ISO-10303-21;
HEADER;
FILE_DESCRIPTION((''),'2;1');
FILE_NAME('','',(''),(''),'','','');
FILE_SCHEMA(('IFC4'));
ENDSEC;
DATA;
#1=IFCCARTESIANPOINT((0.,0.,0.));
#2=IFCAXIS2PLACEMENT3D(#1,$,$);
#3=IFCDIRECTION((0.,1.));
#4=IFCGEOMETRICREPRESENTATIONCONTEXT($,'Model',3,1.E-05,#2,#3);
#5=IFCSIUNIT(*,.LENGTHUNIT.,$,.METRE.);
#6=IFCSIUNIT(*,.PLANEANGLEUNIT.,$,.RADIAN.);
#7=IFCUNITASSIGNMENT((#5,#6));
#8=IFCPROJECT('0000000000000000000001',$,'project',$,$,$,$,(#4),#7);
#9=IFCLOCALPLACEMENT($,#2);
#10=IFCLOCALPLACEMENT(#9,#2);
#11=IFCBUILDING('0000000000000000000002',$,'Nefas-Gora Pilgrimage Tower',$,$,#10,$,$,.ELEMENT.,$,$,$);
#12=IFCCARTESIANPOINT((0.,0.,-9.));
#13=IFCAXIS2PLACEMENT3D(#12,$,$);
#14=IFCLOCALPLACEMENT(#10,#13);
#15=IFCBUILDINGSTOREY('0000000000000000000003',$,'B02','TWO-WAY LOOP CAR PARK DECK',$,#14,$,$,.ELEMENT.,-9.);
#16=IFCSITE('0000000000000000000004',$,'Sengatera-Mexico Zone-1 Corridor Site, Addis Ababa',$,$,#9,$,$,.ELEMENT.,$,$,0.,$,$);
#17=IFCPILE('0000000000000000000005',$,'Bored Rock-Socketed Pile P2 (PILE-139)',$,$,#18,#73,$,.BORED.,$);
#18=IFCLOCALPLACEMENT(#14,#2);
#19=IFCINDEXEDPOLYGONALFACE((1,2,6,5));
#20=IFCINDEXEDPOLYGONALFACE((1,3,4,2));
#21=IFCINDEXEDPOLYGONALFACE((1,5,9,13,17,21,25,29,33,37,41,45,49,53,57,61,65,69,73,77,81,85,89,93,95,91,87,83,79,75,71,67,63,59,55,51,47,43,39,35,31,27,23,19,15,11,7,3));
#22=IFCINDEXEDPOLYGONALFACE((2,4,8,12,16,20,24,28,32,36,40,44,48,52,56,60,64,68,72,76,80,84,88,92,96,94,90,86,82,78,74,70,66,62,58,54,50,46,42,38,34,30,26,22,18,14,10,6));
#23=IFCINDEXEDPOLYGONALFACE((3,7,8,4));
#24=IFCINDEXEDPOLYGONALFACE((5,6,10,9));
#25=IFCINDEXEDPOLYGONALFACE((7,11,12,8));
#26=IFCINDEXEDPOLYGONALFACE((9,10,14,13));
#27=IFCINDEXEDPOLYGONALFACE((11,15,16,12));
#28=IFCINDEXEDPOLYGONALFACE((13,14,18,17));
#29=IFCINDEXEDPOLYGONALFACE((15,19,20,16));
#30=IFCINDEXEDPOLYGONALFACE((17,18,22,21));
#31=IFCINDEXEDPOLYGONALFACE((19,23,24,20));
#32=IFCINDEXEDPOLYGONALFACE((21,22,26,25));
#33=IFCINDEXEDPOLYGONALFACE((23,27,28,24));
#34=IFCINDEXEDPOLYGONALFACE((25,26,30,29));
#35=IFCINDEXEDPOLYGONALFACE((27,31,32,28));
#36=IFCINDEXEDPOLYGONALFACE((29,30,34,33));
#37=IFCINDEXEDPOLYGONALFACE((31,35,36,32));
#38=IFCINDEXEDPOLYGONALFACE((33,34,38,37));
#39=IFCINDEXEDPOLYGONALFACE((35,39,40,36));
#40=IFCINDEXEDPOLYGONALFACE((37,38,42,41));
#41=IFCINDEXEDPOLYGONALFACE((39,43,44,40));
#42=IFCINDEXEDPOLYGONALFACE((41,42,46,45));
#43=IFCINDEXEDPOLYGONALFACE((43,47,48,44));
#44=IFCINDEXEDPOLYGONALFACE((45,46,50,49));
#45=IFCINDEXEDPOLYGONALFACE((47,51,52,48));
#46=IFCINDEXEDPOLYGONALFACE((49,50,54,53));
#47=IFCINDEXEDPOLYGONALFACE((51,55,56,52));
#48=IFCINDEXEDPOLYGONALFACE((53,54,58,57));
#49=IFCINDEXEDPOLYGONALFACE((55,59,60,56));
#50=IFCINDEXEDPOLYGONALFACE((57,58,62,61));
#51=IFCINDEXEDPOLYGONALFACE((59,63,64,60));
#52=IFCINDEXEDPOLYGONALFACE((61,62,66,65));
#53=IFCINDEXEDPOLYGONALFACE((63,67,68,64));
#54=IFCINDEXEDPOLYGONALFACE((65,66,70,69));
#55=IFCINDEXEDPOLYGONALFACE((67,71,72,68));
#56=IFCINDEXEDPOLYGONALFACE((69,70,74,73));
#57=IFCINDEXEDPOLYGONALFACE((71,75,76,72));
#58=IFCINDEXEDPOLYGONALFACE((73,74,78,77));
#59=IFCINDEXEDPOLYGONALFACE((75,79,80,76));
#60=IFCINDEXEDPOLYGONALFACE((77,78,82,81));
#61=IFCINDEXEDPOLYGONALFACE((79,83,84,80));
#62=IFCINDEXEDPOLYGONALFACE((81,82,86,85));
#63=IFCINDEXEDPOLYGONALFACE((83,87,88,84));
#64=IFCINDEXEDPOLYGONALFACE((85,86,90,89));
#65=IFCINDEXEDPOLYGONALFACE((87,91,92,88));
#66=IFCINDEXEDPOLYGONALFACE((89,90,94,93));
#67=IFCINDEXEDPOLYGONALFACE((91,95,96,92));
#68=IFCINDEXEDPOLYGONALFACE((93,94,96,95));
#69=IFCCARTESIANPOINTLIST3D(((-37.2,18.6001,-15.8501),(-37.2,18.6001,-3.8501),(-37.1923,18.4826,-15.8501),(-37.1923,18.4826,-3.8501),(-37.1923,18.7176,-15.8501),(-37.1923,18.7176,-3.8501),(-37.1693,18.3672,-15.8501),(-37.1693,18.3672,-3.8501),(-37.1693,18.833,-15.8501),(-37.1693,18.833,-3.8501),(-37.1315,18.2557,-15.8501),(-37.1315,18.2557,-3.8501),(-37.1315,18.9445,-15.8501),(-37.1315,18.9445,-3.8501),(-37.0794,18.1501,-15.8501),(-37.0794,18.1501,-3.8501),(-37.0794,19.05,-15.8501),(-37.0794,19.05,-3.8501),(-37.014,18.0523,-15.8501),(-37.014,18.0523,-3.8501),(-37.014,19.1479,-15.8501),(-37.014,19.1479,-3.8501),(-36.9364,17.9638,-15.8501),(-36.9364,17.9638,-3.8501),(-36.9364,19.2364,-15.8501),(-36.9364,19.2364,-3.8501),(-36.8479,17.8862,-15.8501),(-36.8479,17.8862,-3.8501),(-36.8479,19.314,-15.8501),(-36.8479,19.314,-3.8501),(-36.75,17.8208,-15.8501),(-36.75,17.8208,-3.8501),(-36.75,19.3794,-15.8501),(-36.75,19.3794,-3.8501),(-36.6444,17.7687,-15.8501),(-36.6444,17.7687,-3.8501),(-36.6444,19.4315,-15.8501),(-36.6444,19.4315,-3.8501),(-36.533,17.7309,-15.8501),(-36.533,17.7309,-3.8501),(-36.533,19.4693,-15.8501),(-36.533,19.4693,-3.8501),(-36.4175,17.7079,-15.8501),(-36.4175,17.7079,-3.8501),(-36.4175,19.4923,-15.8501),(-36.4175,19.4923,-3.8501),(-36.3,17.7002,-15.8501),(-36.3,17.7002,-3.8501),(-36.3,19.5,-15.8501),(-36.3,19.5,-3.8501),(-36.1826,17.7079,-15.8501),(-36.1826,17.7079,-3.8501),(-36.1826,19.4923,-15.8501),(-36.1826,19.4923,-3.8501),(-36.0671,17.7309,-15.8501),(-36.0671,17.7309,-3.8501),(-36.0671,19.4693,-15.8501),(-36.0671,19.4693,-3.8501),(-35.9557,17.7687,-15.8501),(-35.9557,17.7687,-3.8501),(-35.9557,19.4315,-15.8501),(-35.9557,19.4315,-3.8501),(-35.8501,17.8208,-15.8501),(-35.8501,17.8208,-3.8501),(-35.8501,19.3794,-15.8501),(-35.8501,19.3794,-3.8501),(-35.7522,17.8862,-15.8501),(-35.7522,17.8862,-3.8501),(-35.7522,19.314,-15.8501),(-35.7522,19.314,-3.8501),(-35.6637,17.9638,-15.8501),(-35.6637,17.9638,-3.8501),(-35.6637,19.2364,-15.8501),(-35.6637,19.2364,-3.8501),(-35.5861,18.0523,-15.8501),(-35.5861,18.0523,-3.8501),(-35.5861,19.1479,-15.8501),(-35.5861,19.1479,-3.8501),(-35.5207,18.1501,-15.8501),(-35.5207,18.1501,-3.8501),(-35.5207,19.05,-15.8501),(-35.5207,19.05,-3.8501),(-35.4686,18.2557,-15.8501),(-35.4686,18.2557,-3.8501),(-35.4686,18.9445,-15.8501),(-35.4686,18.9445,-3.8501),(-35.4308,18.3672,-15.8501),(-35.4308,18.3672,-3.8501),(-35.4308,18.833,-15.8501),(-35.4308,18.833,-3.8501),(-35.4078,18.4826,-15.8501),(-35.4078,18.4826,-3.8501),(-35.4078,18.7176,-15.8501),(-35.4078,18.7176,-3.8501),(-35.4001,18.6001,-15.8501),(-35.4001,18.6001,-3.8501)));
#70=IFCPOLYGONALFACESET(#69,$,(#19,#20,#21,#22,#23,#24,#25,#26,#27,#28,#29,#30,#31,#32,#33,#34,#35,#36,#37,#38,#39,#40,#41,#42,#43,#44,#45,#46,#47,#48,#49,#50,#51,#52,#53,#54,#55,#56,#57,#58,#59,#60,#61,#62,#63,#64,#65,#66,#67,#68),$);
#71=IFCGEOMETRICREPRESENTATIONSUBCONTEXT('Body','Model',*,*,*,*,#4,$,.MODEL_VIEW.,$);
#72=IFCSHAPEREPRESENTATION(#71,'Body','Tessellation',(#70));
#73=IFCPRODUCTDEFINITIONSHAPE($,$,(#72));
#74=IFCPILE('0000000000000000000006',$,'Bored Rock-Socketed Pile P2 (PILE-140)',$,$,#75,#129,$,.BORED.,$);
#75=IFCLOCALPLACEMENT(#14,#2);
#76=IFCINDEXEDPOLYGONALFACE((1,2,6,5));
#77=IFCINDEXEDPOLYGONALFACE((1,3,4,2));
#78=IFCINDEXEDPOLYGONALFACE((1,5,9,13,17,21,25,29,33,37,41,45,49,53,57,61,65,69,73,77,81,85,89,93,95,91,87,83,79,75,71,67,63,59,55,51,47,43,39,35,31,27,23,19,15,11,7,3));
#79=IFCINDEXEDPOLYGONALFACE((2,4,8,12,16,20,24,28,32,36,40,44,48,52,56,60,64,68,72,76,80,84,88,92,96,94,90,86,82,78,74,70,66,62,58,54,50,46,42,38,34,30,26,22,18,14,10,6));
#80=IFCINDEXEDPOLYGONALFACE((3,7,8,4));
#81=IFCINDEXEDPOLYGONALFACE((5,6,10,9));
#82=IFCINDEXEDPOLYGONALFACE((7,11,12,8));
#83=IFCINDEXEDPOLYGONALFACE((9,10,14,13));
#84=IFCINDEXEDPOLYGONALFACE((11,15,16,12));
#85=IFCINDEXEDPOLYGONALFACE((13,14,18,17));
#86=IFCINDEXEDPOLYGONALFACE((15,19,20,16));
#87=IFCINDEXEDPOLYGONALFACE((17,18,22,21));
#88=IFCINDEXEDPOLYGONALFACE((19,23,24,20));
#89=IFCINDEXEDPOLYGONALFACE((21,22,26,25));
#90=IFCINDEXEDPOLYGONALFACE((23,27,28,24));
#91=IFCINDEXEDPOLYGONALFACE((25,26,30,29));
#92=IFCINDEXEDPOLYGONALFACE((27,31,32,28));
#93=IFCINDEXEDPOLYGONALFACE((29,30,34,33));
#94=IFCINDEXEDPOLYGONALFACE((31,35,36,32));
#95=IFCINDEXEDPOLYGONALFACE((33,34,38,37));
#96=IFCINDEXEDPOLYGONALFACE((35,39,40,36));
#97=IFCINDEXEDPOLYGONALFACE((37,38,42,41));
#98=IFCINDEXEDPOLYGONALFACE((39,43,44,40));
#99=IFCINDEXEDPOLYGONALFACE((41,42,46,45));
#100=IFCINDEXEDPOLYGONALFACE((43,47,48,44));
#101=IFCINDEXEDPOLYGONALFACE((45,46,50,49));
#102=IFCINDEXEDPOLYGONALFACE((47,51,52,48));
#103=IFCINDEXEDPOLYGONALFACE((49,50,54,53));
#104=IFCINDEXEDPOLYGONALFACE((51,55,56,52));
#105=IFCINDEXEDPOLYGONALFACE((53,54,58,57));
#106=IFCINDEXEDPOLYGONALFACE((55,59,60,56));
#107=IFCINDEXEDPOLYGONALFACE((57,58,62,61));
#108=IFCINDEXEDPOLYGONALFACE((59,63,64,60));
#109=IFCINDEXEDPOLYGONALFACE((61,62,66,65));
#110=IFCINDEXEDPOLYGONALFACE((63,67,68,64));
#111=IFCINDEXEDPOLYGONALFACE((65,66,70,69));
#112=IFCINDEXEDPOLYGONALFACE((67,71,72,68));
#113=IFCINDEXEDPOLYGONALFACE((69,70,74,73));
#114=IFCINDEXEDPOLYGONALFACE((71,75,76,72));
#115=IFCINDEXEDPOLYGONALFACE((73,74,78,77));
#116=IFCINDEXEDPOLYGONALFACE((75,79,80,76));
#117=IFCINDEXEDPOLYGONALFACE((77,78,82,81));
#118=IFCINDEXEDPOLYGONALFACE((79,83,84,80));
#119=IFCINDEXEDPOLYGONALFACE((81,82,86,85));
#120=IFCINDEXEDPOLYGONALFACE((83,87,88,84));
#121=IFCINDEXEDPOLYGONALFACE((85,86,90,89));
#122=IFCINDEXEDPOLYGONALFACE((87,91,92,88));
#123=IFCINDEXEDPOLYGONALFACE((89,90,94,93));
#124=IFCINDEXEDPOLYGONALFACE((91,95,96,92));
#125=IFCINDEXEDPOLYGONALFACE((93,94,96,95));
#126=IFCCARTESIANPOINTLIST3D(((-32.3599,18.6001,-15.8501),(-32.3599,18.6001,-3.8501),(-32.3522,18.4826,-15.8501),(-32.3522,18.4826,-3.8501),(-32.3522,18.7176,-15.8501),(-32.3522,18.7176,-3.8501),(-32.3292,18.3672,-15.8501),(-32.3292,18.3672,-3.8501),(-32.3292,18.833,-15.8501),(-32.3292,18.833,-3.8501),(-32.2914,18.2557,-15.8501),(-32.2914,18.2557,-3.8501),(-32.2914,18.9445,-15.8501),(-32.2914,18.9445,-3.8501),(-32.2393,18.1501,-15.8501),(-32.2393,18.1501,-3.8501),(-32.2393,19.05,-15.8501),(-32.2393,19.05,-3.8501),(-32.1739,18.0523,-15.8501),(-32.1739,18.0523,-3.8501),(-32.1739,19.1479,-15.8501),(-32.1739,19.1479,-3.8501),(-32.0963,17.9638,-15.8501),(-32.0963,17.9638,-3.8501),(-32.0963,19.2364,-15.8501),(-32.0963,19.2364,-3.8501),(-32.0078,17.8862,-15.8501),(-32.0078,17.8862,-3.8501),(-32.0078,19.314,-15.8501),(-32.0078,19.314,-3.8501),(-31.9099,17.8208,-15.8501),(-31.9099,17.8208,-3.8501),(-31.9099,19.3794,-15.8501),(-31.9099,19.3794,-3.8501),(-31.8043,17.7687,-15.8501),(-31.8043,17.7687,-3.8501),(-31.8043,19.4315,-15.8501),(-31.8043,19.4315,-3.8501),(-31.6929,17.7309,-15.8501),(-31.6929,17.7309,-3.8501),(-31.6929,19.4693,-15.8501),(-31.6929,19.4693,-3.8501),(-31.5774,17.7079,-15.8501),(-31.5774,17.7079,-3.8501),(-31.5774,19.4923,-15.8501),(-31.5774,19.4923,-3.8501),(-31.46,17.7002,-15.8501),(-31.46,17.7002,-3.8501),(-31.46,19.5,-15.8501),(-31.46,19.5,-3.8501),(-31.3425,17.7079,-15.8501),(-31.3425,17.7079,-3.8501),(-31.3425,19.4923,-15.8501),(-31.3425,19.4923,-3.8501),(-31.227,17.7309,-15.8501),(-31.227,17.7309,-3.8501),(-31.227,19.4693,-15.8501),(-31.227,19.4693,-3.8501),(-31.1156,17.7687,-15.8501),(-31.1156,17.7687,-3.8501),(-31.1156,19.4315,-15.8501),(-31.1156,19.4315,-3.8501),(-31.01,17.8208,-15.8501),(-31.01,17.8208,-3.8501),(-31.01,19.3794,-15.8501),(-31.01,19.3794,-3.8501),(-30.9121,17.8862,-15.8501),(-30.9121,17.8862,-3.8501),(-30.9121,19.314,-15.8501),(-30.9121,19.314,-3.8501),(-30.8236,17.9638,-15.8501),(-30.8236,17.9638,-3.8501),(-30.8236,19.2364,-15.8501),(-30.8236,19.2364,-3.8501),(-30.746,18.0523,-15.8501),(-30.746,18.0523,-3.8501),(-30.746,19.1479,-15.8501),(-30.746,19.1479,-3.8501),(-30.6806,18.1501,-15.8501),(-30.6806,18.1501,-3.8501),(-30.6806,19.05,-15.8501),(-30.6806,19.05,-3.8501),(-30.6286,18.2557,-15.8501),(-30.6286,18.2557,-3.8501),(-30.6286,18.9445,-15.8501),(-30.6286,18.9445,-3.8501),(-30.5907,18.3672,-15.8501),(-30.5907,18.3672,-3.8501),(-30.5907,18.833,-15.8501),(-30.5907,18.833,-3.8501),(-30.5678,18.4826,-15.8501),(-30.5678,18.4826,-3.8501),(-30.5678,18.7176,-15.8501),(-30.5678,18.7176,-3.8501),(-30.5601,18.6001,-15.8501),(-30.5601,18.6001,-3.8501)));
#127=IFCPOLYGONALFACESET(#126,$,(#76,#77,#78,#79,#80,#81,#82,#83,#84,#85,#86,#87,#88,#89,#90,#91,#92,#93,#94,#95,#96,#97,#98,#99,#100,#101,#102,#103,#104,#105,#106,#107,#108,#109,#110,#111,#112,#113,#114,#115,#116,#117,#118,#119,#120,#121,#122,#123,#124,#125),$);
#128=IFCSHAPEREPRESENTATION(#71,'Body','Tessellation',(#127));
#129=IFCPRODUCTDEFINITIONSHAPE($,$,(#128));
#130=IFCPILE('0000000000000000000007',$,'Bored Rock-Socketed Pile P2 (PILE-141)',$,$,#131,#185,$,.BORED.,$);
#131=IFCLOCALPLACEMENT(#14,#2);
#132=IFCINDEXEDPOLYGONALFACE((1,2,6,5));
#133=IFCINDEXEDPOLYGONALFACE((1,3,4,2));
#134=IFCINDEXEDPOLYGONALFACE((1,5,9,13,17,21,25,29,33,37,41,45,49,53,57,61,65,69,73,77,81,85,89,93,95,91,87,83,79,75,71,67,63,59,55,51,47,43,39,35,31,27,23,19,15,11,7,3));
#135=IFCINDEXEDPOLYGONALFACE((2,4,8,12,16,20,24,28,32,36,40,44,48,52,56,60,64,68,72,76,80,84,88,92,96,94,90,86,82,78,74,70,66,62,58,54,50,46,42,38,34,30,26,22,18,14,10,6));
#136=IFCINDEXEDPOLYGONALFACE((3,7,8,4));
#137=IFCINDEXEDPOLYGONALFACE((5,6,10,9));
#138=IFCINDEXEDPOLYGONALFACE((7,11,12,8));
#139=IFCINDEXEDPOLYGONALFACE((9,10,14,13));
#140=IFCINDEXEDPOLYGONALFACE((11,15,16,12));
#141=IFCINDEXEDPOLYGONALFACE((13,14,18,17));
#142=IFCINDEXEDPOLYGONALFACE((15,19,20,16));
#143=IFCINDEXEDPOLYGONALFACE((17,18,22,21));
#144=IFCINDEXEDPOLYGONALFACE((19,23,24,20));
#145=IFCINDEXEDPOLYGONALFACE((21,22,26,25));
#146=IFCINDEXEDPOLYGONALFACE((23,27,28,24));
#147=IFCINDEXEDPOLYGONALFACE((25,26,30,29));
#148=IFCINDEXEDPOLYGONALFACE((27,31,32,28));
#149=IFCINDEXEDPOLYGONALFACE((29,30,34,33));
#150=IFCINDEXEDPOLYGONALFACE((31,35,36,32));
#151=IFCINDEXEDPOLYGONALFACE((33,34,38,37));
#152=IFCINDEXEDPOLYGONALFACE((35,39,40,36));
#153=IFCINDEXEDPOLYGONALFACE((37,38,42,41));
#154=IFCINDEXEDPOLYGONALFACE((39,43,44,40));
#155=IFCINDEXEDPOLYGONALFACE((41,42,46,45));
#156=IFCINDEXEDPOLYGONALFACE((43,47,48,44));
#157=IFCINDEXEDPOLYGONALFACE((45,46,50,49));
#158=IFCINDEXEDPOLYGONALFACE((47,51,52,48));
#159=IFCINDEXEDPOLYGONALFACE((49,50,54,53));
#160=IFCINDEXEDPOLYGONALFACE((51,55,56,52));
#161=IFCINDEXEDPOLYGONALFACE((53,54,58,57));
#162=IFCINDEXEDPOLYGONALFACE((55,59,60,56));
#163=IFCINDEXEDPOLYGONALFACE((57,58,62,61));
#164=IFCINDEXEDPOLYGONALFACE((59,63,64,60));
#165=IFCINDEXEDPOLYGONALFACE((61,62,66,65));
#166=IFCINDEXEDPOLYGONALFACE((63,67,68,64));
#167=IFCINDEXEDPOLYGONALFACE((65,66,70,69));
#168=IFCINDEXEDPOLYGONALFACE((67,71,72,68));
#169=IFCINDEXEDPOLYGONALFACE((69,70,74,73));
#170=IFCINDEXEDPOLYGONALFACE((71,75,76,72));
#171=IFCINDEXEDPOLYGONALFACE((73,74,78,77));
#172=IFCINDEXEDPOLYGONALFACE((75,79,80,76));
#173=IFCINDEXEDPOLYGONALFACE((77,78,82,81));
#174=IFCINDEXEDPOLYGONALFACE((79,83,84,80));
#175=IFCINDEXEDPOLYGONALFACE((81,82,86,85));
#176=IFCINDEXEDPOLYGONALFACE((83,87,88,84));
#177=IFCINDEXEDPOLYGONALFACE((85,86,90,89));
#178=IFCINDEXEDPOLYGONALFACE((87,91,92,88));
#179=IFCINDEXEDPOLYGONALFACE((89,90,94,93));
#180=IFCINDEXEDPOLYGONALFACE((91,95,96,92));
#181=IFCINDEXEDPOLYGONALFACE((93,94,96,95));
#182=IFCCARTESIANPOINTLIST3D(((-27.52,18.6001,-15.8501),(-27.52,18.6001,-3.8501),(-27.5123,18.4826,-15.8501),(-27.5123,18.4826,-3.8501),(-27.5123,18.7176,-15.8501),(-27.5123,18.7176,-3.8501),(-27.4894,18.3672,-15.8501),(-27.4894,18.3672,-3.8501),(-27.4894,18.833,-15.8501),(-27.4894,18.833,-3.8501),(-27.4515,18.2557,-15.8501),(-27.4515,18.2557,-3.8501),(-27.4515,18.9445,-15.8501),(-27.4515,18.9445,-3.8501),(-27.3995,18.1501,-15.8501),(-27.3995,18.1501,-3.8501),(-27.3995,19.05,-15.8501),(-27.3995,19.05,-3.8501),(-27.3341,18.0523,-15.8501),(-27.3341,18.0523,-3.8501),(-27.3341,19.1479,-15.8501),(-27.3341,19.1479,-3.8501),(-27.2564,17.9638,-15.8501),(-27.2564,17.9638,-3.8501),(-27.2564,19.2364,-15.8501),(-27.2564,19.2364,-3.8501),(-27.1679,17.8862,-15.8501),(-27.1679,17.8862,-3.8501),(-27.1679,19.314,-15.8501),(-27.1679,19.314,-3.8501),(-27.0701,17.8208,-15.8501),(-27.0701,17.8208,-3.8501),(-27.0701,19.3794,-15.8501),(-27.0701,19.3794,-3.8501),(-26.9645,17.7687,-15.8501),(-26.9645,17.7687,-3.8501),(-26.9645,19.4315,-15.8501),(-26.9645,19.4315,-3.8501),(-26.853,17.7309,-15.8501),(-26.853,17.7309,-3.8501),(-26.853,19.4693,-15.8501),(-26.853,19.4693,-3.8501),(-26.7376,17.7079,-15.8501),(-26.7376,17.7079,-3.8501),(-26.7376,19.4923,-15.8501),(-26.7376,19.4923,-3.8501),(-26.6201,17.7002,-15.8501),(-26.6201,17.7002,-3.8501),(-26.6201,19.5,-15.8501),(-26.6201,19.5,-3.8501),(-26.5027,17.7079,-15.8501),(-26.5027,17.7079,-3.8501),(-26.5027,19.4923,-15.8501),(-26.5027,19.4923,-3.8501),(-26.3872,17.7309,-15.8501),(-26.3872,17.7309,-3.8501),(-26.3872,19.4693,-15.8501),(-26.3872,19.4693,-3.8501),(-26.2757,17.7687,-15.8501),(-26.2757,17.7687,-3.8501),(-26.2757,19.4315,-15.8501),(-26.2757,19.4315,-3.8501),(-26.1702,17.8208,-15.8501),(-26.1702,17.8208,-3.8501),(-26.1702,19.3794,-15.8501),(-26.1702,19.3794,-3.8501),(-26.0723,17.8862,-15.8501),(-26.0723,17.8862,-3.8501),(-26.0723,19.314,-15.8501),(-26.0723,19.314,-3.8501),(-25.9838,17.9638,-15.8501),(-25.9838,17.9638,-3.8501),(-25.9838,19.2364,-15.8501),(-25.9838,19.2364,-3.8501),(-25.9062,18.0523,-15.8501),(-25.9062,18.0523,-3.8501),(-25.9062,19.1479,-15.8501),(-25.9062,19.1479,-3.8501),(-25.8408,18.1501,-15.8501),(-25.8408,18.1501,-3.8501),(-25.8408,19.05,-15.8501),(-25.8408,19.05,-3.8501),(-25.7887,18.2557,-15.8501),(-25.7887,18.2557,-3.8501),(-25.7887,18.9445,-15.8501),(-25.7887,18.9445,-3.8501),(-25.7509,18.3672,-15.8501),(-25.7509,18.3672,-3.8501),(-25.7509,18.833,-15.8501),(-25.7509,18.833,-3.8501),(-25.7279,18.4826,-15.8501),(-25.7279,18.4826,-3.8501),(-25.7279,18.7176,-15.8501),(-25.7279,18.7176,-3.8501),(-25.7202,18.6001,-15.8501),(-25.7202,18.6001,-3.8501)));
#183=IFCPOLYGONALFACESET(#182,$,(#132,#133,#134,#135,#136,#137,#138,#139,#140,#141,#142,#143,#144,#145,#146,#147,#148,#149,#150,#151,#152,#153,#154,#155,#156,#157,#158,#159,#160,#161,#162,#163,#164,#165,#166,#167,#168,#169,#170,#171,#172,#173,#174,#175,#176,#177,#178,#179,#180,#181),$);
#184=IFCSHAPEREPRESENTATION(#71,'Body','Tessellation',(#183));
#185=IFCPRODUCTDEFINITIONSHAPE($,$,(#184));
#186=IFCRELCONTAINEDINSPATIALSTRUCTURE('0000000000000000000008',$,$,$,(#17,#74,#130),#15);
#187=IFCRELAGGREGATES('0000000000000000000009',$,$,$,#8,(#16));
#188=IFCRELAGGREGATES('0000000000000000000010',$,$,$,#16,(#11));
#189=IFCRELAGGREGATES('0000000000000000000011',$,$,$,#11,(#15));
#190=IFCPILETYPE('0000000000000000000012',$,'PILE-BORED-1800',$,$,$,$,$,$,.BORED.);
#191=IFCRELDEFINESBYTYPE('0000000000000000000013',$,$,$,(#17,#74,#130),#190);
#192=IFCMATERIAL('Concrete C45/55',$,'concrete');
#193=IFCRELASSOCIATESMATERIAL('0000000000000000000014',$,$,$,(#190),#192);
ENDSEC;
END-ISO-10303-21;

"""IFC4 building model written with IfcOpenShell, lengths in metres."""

from ifc_helpers import new_model, si_unit, direction, frame, origin, origin_2d, place, context, subcontext, project, spatial, circle, extrude, source, transform, mapped, material, material_profile, profile_set, type_object, element, save


model = new_model("IFC4")

# Units and contexts
model_context = context("Model", 3, precision=1e-05, world=origin(), true_north=direction((0.0, 1.0)))
body_context = subcontext(model_context, "Body", "Model", "MODEL_VIEW")
ifc_project = project(units=[si_unit("LENGTHUNIT", "METRE"), si_unit("PLANEANGLEUNIT", "RADIAN")], contexts=[model_context])

# Site, building, storey
site_placement = place(None, origin())
site = spatial("IfcSite", under=ifc_project, at=site_placement, Name="Sengatera-Mexico Zone-1 Corridor Site, Addis Ababa", CompositionType="ELEMENT", RefElevation=0.0)
building_placement = place(site_placement, origin())
building = spatial("IfcBuilding", under=site, at=building_placement, Name="Nefas-Gora Pilgrimage Tower", CompositionType="ELEMENT")
storey_placement = place(building_placement, frame((0.0, 0.0, -9.0)))
storey = spatial("IfcBuildingStorey", under=building, at=storey_placement, Name="B02", Description="TWO-WAY LOOP CAR PARK DECK", CompositionType="ELEMENT", Elevation=-9.0)

# Piles
ifc_material_1 = material(Name="Concrete C45/55", Category="concrete")
ifc_material_profile_1 = material_profile(ifc_material_1, circle(Radius=0.8999, at=origin_2d()), Name="PILE D1800")
ifc_profile_set_1 = profile_set([ifc_material_profile_1], Name="Concrete C45/55")
pile_type_1 = type_object("IfcPileType", Name="PILE-BORED-1800", PredefinedType="BORED", material=ifc_profile_set_1)
shared_shape_1 = source(origin(), body_context, "Body", "SweptSolid", [
    extrude(circle(Radius=0.8999, at=origin_2d()), origin(), (0.0, 0.0, 1.0), 12.0),
])
for number, where, z_axis, x_axis, name in (
    (1, (-36.3, 18.6001, -3.8501), (0.0, 0.0, -1.0), (1.0, 0.0, 0.0), "Bored Rock-Socketed Pile P2 (PILE-139)"),
    (2, (-31.46, 18.6001, -3.8501), (0.0, 0.0, -1.0), (1.0, 0.0, 0.0), "Bored Rock-Socketed Pile P2 (PILE-140)"),
    (3, (-26.6201, 18.6001, -3.8501), (0.0, 0.0, -1.0), (1.0, 0.0, 0.0), "Bored Rock-Socketed Pile P2 (PILE-141)"),
):
    element("IfcPile", number, at=place(storey_placement, frame(where, z_axis=z_axis, x_axis=x_axis)), inside=storey, type_object=pile_type_1, Name=name, PredefinedType="BORED", context=body_context, shape_type="MappedRepresentation", body=[
        mapped(shared_shape_1, transform((0.0, 0.0, 0.0), x_axis=(1.0, 0.0, 0.0), y_axis=(0.0, 1.0, 0.0), z_axis=(0.0, 0.0, 1.0), scale=1.0)),
    ])

save(model, "model.ifc")
